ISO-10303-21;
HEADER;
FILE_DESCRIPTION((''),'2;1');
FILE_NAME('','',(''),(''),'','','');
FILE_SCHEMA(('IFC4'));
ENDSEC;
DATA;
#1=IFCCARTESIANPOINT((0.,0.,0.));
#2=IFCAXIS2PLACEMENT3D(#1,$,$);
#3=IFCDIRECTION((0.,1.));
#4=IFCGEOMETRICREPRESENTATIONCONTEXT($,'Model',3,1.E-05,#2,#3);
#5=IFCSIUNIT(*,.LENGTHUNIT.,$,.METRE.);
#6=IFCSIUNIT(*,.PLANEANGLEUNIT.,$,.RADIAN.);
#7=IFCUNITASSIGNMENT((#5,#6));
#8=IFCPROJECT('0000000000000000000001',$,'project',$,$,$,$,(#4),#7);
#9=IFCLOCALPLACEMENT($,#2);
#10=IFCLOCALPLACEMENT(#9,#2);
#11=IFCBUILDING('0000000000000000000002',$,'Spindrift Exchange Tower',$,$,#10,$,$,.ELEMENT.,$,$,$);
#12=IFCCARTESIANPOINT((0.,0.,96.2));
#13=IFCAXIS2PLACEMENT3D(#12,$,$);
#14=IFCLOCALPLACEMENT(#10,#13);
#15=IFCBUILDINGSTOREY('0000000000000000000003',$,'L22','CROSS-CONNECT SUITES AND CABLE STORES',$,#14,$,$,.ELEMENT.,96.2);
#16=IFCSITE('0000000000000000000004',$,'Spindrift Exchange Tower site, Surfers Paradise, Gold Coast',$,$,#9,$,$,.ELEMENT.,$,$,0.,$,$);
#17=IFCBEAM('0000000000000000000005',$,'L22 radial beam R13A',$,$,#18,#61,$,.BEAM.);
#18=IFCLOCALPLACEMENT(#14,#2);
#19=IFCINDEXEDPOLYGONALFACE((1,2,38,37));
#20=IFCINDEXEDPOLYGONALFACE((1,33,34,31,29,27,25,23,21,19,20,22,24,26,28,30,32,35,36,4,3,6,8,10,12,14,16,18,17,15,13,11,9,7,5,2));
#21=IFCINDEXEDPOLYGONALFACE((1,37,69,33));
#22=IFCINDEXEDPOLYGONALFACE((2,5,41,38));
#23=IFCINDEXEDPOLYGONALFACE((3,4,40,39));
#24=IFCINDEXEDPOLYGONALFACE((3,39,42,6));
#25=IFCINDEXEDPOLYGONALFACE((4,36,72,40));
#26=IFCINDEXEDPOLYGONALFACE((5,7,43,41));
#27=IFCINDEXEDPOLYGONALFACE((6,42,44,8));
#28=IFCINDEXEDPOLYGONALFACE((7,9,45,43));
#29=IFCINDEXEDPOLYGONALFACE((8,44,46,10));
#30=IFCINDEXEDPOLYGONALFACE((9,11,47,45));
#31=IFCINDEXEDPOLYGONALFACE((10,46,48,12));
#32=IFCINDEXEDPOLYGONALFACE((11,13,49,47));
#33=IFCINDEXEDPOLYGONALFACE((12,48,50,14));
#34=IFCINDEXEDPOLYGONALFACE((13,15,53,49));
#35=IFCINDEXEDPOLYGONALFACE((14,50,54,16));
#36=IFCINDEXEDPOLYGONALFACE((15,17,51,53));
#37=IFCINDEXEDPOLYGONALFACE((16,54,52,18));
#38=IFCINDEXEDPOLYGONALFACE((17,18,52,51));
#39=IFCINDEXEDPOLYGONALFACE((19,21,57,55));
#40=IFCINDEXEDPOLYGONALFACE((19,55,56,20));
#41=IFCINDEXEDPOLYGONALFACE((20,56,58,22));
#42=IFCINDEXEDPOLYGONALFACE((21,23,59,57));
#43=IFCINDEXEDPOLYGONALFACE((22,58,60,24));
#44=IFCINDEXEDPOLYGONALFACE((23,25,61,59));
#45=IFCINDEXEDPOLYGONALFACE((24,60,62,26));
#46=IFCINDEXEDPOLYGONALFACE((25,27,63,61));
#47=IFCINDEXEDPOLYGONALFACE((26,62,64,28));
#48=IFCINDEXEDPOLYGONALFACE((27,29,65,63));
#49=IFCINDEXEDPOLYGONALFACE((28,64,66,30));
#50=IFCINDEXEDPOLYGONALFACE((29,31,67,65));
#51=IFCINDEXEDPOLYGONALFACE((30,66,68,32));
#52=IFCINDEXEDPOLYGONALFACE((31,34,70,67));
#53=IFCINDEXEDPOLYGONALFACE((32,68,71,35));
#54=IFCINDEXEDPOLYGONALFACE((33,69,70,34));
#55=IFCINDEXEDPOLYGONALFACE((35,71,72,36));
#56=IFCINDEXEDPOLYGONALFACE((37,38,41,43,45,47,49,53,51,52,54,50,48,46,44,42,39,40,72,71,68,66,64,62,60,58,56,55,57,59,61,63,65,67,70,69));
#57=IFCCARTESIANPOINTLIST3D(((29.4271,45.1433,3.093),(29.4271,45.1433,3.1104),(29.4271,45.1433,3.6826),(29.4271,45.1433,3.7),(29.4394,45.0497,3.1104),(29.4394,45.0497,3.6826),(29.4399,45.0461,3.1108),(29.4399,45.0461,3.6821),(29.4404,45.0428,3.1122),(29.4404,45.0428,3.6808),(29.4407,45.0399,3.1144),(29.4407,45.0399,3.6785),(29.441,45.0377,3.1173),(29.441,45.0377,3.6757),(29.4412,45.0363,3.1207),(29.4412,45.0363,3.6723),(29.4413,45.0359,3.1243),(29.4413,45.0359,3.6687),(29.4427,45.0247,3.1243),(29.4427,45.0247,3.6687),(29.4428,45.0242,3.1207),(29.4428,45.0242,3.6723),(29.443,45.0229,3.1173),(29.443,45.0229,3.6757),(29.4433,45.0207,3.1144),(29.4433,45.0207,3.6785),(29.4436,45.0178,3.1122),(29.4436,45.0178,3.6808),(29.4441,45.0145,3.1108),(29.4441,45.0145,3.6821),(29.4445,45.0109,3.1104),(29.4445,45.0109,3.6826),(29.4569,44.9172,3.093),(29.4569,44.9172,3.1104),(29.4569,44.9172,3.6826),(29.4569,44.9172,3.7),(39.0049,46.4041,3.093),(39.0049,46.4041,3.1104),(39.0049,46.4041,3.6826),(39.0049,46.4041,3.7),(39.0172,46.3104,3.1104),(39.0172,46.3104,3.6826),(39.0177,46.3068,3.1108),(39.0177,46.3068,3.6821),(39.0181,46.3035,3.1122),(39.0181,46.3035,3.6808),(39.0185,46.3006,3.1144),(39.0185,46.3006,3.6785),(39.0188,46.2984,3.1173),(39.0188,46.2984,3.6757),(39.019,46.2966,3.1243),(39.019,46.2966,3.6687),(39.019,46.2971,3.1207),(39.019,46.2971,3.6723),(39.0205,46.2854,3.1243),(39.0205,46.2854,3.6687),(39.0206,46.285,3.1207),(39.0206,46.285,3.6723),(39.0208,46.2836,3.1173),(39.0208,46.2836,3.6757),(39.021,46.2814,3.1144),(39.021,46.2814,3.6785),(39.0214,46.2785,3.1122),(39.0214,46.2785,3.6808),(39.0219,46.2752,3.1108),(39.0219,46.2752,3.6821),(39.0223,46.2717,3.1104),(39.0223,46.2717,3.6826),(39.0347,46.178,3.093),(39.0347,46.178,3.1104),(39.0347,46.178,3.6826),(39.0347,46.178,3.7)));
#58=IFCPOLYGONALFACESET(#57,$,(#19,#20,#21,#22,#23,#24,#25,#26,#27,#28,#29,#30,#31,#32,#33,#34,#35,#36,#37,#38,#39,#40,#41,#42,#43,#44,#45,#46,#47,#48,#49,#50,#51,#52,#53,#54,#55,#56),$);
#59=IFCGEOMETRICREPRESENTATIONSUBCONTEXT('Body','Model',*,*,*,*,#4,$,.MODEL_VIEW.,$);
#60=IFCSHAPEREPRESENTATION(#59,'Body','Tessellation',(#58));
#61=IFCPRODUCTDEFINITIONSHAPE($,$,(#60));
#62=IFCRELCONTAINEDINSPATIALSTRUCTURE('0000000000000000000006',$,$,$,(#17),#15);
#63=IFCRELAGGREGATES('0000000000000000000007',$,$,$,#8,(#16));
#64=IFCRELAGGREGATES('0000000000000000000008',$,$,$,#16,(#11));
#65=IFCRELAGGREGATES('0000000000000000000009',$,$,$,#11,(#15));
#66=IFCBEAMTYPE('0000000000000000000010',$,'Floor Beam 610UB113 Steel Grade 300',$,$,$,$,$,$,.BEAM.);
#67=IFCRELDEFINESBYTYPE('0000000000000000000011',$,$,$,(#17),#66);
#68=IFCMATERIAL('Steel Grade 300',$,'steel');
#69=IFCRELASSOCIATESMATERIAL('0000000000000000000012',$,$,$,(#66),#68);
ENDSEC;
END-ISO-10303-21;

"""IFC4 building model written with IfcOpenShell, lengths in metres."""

from ifc_helpers import new_model, si_unit, direction, frame, origin, origin_2d, place, context, subcontext, project, spatial, i_section, extrude, source, transform, mapped, material, material_profile, profile_set, type_object, element, save


model = new_model("IFC4")

# Units and contexts
model_context = context("Model", 3, precision=1e-05, world=origin(), true_north=direction((0.0, 1.0)))
body_context = subcontext(model_context, "Body", "Model", "MODEL_VIEW")
ifc_project = project(units=[si_unit("LENGTHUNIT", "METRE"), si_unit("PLANEANGLEUNIT", "RADIAN")], contexts=[model_context])

# Site, building, storey
site_placement = place(None, origin())
site = spatial("IfcSite", under=ifc_project, at=site_placement, Name="Spindrift Exchange Tower site, Surfers Paradise, Gold Coast", CompositionType="ELEMENT", RefElevation=0.0)
building_placement = place(site_placement, origin())
building = spatial("IfcBuilding", under=site, at=building_placement, Name="Spindrift Exchange Tower", CompositionType="ELEMENT")
storey_placement = place(building_placement, frame((0.0, 0.0, 96.2)))
storey = spatial("IfcBuildingStorey", under=building, at=storey_placement, Name="L22", Description="CROSS-CONNECT SUITES AND CABLE STORES", CompositionType="ELEMENT", Elevation=96.2)

# Beam
ifc_material_1 = material(Name="Steel Grade 300", Category="steel")
ifc_material_profile = material_profile(ifc_material_1, i_section(OverallWidth=0.228, OverallDepth=0.6069, WebThickness=0.0112, FlangeThickness=0.0173, FilletRadius=0.0139, at=origin_2d()), Name="610UB113")
ifc_profile_set = profile_set([ifc_material_profile], Name="Steel Grade 300")
beam_type = type_object("IfcBeamType", Name="Floor Beam 610UB113 Steel Grade 300", PredefinedType="BEAM", material=ifc_profile_set)
shared_shape_1 = source(origin(), body_context, "Body", "SweptSolid", [
    extrude(i_section(OverallWidth=0.228, OverallDepth=0.6069, WebThickness=0.0112, FlangeThickness=0.0173, FilletRadius=0.0139, at=origin_2d()), origin(), (0.0, 0.0, 1.0), 9.6604),
])
beam_placement = place(storey_placement, frame((39.0198, 46.291, 3.3965), z_axis=(-0.991448, -0.130505, 0.0), x_axis=(0.130505, -0.991448, 0.0)))
element("IfcBeam", 1, at=beam_placement, inside=storey, type_object=beam_type, Name="L22 radial beam R13A", PredefinedType="BEAM", context=body_context, shape_type="MappedRepresentation", body=[
    mapped(shared_shape_1, transform((0.0, 0.0, 0.0), scale=1.0)),
])

save(model, "model.ifc")
